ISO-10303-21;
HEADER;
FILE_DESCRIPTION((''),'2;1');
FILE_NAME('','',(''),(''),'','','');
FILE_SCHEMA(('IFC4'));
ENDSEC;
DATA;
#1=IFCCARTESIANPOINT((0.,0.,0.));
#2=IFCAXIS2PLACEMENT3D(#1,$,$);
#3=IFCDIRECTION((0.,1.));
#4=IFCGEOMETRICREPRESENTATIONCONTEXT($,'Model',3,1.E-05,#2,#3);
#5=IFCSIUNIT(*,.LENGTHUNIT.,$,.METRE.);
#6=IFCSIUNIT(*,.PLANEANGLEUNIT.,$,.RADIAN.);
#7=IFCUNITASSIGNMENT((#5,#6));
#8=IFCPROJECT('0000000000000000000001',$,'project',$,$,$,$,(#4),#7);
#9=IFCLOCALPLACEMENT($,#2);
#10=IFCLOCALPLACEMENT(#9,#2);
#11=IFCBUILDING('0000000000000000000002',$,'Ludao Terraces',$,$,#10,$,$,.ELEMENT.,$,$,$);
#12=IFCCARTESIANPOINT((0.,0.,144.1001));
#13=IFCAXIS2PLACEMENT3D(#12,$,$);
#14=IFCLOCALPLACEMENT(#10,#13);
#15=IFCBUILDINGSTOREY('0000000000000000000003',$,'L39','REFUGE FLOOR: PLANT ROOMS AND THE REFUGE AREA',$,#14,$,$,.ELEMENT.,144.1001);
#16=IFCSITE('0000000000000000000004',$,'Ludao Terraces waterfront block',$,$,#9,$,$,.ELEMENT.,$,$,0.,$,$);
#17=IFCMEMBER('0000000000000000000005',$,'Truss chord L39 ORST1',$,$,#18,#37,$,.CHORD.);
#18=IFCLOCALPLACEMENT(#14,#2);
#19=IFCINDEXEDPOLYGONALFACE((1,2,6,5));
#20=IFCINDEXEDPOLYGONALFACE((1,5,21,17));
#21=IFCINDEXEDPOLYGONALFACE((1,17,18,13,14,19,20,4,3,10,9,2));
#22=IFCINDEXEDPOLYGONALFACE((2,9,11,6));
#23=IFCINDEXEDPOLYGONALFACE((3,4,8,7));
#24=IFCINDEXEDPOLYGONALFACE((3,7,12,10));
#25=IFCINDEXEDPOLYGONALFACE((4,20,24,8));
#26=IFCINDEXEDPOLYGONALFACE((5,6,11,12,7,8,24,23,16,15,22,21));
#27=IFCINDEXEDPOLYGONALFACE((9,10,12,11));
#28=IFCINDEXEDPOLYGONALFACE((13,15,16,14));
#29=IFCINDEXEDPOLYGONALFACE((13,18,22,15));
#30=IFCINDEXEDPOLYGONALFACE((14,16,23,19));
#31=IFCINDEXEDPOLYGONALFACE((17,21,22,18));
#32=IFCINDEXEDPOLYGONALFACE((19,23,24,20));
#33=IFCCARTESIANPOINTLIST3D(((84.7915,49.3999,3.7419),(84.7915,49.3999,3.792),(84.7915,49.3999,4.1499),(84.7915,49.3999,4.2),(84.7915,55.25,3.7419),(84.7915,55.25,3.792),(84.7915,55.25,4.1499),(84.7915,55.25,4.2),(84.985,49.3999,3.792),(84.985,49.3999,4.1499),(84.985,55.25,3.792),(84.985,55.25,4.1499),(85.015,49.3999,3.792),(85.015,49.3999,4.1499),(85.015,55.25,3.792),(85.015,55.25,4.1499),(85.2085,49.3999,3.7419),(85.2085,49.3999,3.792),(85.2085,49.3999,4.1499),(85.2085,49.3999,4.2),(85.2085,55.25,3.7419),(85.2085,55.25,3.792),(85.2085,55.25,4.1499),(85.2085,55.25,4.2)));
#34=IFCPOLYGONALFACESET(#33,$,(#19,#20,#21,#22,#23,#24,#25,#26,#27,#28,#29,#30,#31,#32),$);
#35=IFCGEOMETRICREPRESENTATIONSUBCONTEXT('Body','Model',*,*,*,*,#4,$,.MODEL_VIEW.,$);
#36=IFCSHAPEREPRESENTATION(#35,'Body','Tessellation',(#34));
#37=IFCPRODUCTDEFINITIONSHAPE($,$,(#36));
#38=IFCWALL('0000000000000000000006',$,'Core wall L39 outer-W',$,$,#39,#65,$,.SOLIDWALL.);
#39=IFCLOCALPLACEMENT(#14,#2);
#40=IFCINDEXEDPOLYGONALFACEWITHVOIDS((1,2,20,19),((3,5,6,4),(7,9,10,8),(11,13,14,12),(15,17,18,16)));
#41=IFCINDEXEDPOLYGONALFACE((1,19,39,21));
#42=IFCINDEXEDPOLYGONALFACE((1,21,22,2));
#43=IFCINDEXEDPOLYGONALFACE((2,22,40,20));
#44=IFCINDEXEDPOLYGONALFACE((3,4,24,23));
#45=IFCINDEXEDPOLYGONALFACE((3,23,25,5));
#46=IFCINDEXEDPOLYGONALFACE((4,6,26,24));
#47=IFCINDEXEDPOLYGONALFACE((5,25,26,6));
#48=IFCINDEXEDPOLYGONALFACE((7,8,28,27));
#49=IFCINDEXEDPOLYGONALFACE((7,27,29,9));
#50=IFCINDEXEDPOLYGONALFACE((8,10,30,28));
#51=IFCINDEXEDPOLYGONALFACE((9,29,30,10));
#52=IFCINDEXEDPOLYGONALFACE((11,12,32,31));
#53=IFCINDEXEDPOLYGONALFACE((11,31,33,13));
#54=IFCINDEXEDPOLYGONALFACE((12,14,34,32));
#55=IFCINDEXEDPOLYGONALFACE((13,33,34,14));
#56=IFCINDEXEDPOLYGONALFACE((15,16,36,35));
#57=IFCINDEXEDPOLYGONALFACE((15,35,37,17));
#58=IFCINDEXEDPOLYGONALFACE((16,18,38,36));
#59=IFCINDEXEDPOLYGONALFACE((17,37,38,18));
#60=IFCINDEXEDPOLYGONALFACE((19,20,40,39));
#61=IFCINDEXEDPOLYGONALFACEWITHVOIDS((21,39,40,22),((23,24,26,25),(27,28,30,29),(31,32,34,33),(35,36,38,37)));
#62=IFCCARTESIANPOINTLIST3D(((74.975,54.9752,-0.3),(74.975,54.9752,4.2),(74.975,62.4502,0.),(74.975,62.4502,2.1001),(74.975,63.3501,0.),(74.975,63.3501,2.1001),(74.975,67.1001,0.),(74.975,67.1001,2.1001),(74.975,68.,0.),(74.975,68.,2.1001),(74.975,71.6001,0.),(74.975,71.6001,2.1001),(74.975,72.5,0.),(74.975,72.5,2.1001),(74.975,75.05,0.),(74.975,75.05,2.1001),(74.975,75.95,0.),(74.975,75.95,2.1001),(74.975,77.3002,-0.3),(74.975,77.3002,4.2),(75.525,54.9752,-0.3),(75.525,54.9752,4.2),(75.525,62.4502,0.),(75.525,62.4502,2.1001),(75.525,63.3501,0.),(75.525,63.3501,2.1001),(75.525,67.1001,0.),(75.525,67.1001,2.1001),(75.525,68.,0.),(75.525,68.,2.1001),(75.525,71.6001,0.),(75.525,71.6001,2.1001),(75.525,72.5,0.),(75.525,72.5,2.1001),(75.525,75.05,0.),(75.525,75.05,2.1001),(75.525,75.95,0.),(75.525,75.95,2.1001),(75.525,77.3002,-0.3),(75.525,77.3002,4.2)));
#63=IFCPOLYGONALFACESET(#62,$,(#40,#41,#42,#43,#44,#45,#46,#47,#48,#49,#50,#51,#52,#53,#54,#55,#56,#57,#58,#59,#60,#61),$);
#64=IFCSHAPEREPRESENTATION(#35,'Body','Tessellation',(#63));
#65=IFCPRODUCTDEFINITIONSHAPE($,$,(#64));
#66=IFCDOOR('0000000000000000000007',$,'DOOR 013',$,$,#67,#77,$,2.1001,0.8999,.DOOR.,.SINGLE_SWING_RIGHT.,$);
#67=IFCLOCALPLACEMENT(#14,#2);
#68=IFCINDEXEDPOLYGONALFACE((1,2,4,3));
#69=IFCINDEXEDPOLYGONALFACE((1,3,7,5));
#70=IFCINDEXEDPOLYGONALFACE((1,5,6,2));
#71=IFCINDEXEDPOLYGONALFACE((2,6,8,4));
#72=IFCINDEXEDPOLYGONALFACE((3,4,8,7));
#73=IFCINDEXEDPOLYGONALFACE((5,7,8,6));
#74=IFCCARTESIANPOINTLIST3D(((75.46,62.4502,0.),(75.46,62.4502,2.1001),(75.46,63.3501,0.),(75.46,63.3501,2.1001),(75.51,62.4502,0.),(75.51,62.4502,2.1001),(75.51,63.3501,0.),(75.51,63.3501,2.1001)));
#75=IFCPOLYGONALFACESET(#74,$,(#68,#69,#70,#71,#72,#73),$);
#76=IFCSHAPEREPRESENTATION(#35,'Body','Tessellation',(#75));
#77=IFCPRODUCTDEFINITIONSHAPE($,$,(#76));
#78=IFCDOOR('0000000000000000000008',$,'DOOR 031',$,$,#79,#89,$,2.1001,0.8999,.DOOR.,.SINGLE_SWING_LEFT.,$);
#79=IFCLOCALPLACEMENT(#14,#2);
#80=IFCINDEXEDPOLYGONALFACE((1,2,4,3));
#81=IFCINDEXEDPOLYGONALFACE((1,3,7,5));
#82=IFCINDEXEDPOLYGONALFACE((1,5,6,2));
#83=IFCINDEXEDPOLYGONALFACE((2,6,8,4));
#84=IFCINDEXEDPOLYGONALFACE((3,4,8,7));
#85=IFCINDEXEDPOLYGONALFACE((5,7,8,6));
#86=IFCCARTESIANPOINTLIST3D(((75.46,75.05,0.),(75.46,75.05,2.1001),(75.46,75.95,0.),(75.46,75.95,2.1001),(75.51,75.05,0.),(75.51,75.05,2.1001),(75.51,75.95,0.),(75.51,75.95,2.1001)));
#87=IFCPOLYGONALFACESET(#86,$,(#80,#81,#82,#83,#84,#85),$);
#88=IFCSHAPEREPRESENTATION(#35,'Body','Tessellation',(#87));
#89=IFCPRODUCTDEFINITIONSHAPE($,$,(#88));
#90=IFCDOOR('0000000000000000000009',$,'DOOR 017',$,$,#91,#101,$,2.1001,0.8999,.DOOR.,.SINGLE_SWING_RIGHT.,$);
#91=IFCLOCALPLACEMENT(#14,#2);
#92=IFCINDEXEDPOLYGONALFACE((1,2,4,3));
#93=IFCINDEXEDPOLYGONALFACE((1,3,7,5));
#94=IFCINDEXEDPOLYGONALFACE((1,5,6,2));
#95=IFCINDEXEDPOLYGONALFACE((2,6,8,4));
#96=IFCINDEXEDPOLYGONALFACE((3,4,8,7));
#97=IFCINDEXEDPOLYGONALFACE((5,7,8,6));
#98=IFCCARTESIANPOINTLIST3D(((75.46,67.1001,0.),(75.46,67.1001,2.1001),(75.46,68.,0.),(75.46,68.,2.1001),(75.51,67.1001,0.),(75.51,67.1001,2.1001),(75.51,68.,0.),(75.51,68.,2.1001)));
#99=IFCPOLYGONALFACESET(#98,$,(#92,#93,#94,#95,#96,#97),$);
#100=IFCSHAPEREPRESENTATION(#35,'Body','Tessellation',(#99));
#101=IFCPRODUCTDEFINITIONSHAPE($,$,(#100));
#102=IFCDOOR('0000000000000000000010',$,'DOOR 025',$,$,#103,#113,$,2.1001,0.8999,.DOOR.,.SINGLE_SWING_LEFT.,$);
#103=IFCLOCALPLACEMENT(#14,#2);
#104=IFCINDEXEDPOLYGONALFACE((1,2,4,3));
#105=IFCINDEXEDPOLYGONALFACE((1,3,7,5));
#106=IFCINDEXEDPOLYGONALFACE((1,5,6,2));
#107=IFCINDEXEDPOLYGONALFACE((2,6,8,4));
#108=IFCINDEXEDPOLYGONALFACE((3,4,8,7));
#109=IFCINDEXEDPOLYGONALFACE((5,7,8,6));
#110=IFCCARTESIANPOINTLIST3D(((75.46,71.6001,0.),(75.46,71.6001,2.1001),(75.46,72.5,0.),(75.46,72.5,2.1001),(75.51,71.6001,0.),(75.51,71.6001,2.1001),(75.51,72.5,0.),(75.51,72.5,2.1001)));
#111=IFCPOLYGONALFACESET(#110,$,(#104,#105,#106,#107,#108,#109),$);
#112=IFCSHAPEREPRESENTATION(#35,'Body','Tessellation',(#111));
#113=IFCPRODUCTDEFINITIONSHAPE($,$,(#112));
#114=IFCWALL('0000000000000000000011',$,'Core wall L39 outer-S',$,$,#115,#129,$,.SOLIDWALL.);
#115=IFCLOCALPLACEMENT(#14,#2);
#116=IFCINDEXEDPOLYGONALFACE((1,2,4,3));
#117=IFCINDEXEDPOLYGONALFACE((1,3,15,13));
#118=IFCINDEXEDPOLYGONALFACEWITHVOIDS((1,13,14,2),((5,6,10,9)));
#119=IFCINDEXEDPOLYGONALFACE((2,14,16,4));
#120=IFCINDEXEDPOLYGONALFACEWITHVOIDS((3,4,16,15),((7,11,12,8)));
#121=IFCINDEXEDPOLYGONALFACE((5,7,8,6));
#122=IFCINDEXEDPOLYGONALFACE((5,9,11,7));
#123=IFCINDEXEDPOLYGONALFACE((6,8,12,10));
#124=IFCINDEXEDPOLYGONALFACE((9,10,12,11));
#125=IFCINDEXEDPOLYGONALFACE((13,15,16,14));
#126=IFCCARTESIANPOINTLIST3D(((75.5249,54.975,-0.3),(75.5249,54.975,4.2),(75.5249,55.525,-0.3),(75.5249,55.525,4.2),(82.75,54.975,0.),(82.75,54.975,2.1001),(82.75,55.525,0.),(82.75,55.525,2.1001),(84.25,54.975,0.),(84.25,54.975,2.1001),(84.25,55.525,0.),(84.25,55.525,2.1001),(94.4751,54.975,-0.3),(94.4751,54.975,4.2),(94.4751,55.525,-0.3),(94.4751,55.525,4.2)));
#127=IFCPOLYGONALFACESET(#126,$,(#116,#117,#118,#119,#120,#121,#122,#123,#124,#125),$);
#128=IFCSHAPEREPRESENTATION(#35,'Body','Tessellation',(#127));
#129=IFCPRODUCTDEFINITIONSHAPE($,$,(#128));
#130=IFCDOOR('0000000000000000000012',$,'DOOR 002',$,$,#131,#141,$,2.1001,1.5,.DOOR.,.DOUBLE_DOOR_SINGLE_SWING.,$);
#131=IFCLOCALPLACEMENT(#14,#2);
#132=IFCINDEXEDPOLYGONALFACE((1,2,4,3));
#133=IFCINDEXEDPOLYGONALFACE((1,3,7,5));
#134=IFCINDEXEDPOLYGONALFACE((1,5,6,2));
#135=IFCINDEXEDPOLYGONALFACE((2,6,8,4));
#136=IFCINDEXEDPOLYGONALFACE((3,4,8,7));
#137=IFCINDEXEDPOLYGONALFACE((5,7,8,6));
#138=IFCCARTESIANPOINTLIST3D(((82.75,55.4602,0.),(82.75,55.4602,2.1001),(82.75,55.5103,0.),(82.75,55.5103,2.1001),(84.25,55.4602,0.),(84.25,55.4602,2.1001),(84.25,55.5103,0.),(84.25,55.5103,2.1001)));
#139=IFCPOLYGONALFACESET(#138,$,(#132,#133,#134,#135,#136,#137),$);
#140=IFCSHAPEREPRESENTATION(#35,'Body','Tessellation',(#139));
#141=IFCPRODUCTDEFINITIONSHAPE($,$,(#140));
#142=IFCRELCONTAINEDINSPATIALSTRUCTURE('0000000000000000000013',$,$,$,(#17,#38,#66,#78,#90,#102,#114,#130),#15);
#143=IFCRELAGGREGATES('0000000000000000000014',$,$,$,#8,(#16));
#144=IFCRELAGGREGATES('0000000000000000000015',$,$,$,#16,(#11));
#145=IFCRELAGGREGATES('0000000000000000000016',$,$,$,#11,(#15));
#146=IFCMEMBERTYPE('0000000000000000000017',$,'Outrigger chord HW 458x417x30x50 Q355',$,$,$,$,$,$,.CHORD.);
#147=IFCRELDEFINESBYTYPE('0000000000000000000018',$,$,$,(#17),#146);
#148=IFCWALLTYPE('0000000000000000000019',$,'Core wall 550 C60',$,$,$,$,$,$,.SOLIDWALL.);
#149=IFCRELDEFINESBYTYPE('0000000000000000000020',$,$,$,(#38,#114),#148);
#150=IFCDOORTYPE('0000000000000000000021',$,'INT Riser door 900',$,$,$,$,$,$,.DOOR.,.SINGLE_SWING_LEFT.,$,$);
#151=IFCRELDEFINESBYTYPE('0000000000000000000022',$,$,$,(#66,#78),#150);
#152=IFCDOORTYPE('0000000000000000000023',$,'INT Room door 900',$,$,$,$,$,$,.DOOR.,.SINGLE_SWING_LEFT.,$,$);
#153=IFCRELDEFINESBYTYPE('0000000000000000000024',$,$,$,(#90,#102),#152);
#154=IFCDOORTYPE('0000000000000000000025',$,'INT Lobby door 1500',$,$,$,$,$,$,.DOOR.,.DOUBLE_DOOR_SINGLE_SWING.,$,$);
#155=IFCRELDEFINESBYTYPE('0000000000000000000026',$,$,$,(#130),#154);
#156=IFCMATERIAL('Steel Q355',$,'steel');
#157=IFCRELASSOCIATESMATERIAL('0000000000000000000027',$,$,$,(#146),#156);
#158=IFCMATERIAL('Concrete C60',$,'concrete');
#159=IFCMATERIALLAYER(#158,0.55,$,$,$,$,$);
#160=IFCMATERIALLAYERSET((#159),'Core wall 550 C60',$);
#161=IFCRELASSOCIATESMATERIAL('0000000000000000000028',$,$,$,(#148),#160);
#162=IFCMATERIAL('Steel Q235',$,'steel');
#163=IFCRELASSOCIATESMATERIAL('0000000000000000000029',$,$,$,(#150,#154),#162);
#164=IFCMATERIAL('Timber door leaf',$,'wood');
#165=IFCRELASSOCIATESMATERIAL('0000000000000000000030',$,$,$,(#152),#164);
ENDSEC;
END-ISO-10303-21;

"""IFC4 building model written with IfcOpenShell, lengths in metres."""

from ifc_helpers import new_model, si_unit, direction, frame, frame_2d, origin, origin_2d, place, context, subcontext, project, spatial, rectangle, i_section, extrude, material, layer, layer_set, material_profile, profile_set, type_object, element, fill, save


model = new_model("IFC4")

# Units and contexts
model_context = context("Model", 3, precision=1e-05, world=origin(), true_north=direction((0.0, 1.0)))
body_context = subcontext(model_context, "Body", "Model", "MODEL_VIEW")
ifc_project = project(units=[si_unit("LENGTHUNIT", "METRE"), si_unit("PLANEANGLEUNIT", "RADIAN")], contexts=[model_context])

# Site, building, storey
site_placement = place(None, origin())
site = spatial("IfcSite", under=ifc_project, at=site_placement, Name="Ludao Terraces waterfront block", CompositionType="ELEMENT", RefElevation=0.0)
building_placement = place(site_placement, origin())
building = spatial("IfcBuilding", under=site, at=building_placement, Name="Ludao Terraces", CompositionType="ELEMENT")
storey_placement = place(building_placement, frame((0.0, 0.0, 144.1001)))
storey = spatial("IfcBuildingStorey", under=building, at=storey_placement, Name="L39", Description="REFUGE FLOOR: PLANT ROOMS AND THE REFUGE AREA", CompositionType="ELEMENT", Elevation=144.1001)

# Member
ifc_material_1 = material(Name="Steel Q355", Category="steel")
ifc_material_profile_1 = material_profile(ifc_material_1, i_section(OverallWidth=0.417, OverallDepth=0.458, WebThickness=0.03, FlangeThickness=0.05, at=origin_2d()), Name="HW 458X417X30X50")
ifc_profile_set_1 = profile_set([ifc_material_profile_1], Name="Steel Q355")
member_type_1 = type_object("IfcMemberType", Name="Outrigger chord HW 458x417x30x50 Q355", PredefinedType="CHORD", material=ifc_profile_set_1)
member_1_placement = place(storey_placement, frame((85.0, 55.25, 3.9709), z_axis=(0.0, -1.0, 0.0), x_axis=(1.0, 0.0, 0.0)))
element("IfcMember", 1, at=member_1_placement, inside=storey, type_object=member_type_1, Name="Truss chord L39 ORST1", PredefinedType="CHORD", context=body_context, shape_type="SweptSolid", body=[
    extrude(i_section(OverallWidth=0.417, OverallDepth=0.458, WebThickness=0.03, FlangeThickness=0.05, at=origin_2d()), origin(), (0.0, 0.0, 1.0), 5.8501),
])

# Wall, openings, doors
ifc_material_2 = material(Name="Concrete C60", Category="concrete")
ifc_layer_1 = layer(ifc_material_2, 0.55)
ifc_layer_set_1 = layer_set([ifc_layer_1], Name="Core wall 550 C60")
wall_type_1 = type_object("IfcWallType", Name="Core wall 550 C60", PredefinedType="SOLIDWALL", material=ifc_layer_set_1)
wall_1_placement = place(storey_placement, frame((75.25, 54.9751, -0.3), z_axis=(0.0, 0.0, 1.0), x_axis=(0.0, 1.0, 0.0)))
wall_1 = element("IfcWall", 2, at=wall_1_placement, inside=storey, type_object=wall_type_1, Name="Core wall L39 outer-W", PredefinedType="SOLIDWALL", context=body_context, shape_type="SweptSolid", body=[
    extrude(rectangle(XDim=22.325, YDim=0.55, at=frame_2d((11.1626, 0.0))), origin(), (0.0, 0.0, 1.0), 4.5),
])
opening_1_placement = place(wall_1_placement, frame((7.4751, 0.0, 0.3)))
opening_1 = element("IfcOpeningElement", 3, at=opening_1_placement, cuts=wall_1, PredefinedType="OPENING", context=body_context, shape_type="SweptSolid", body=[
    extrude(rectangle(XDim=0.8999, YDim=2.1001, at=frame_2d((0.45, 1.05))), frame((0.0, 0.2852, 0.0), z_axis=(0.0, -1.0, 0.0), x_axis=(1.0, 0.0, 0.0)), (0.0, 0.0, 1.0), 0.5701),
])
opening_2_placement = place(wall_1_placement, frame((12.125, 0.0, 0.3)))
opening_2 = element("IfcOpeningElement", 4, at=opening_2_placement, cuts=wall_1, PredefinedType="OPENING", context=body_context, shape_type="SweptSolid", body=[
    extrude(rectangle(XDim=0.8999, YDim=2.1001, at=frame_2d((0.45, 1.05))), frame((0.0, 0.2852, 0.0), z_axis=(0.0, -1.0, 0.0), x_axis=(1.0, 0.0, 0.0)), (0.0, 0.0, 1.0), 0.5701),
])
opening_3_placement = place(wall_1_placement, frame((16.625, 0.0, 0.3)))
opening_3 = element("IfcOpeningElement", 5, at=opening_3_placement, cuts=wall_1, PredefinedType="OPENING", context=body_context, shape_type="SweptSolid", body=[
    extrude(rectangle(XDim=0.8999, YDim=2.1001, at=frame_2d((0.45, 1.05))), frame((0.0, 0.2852, 0.0), z_axis=(0.0, -1.0, 0.0), x_axis=(1.0, 0.0, 0.0)), (0.0, 0.0, 1.0), 0.5701),
])
opening_4_placement = place(wall_1_placement, frame((20.075, 0.0, 0.3)))
opening_4 = element("IfcOpeningElement", 6, at=opening_4_placement, cuts=wall_1, PredefinedType="OPENING", context=body_context, shape_type="SweptSolid", body=[
    extrude(rectangle(XDim=0.8999, YDim=2.1001, at=frame_2d((0.45, 1.05))), frame((0.0, 0.2852, 0.0), z_axis=(0.0, -1.0, 0.0), x_axis=(1.0, 0.0, 0.0)), (0.0, 0.0, 1.0), 0.5701),
])
ifc_material_3 = material(Name="Steel Q235", Category="steel")
door_type_1 = type_object("IfcDoorType", Name="INT Riser door 900", OperationType="SINGLE_SWING_LEFT", PredefinedType="DOOR", material=ifc_material_3)
door_1_placement = place(opening_1_placement, origin())
door_1 = element("IfcDoor", 7, at=door_1_placement, inside=storey, type_object=door_type_1, Name="DOOR 013", OperationType="SINGLE_SWING_RIGHT", OverallHeight=2.1001, OverallWidth=0.8999, PredefinedType="DOOR", context=body_context, shape_type="SweptSolid", body=[
    extrude(rectangle(XDim=0.8999, YDim=2.1001, at=frame_2d((0.45, 1.05))), frame((0.0, -0.21, 0.0), z_axis=(0.0, -1.0, 0.0), x_axis=(1.0, 0.0, 0.0)), (0.0, 0.0, 1.0), 0.05),
])
fill(opening_1, door_1)
door_2_placement = place(opening_4_placement, origin())
door_2 = element("IfcDoor", 8, at=door_2_placement, inside=storey, type_object=door_type_1, Name="DOOR 031", OperationType="SINGLE_SWING_LEFT", OverallHeight=2.1001, OverallWidth=0.8999, PredefinedType="DOOR", context=body_context, shape_type="SweptSolid", body=[
    extrude(rectangle(XDim=0.8999, YDim=2.1001, at=frame_2d((0.45, 1.05))), frame((0.0, -0.21, 0.0), z_axis=(0.0, -1.0, 0.0), x_axis=(1.0, 0.0, 0.0)), (0.0, 0.0, 1.0), 0.05),
])
fill(opening_4, door_2)
ifc_material_4 = material(Name="Timber door leaf", Category="wood")
door_type_2 = type_object("IfcDoorType", Name="INT Room door 900", OperationType="SINGLE_SWING_LEFT", PredefinedType="DOOR", material=ifc_material_4)
door_3_placement = place(opening_2_placement, origin())
door_3 = element("IfcDoor", 9, at=door_3_placement, inside=storey, type_object=door_type_2, Name="DOOR 017", OperationType="SINGLE_SWING_RIGHT", OverallHeight=2.1001, OverallWidth=0.8999, PredefinedType="DOOR", context=body_context, shape_type="SweptSolid", body=[
    extrude(rectangle(XDim=0.8999, YDim=2.1001, at=frame_2d((0.45, 1.05))), frame((0.0, -0.21, 0.0), z_axis=(0.0, -1.0, 0.0), x_axis=(1.0, 0.0, 0.0)), (0.0, 0.0, 1.0), 0.05),
])
fill(opening_2, door_3)
door_4_placement = place(opening_3_placement, origin())
door_4 = element("IfcDoor", 10, at=door_4_placement, inside=storey, type_object=door_type_2, Name="DOOR 025", OperationType="SINGLE_SWING_LEFT", OverallHeight=2.1001, OverallWidth=0.8999, PredefinedType="DOOR", context=body_context, shape_type="SweptSolid", body=[
    extrude(rectangle(XDim=0.8999, YDim=2.1001, at=frame_2d((0.45, 1.05))), frame((0.0, -0.21, 0.0), z_axis=(0.0, -1.0, 0.0), x_axis=(1.0, 0.0, 0.0)), (0.0, 0.0, 1.0), 0.05),
])
fill(opening_3, door_4)

# Wall, opening, door
wall_2_placement = place(storey_placement, frame((75.5249, 55.25, -0.3), z_axis=(0.0, 0.0, 1.0), x_axis=(1.0, 0.0, 0.0)))
wall_2 = element("IfcWall", 11, at=wall_2_placement, inside=storey, type_object=wall_type_1, Name="Core wall L39 outer-S", PredefinedType="SOLIDWALL", context=body_context, shape_type="SweptSolid", body=[
    extrude(rectangle(XDim=18.9502, YDim=0.55, at=frame_2d((9.4751, 0.0))), origin(), (0.0, 0.0, 1.0), 4.5),
])
opening_5_placement = place(wall_2_placement, frame((7.2251, 0.0, 0.3)))
opening_5 = element("IfcOpeningElement", 12, at=opening_5_placement, cuts=wall_2, PredefinedType="OPENING", context=body_context, shape_type="SweptSolid", body=[
    extrude(rectangle(XDim=1.5, YDim=2.1001, at=frame_2d((0.75, 1.05))), frame((0.0, 0.2852, 0.0), z_axis=(0.0, -1.0, 0.0), x_axis=(1.0, 0.0, 0.0)), (0.0, 0.0, 1.0), 0.5701),
])
door_type_3 = type_object("IfcDoorType", Name="INT Lobby door 1500", OperationType="DOUBLE_DOOR_SINGLE_SWING", PredefinedType="DOOR", material=ifc_material_3)
door_5_placement = place(opening_5_placement, origin())
door_5 = element("IfcDoor", 13, at=door_5_placement, inside=storey, type_object=door_type_3, Name="DOOR 002", OperationType="DOUBLE_DOOR_SINGLE_SWING", OverallHeight=2.1001, OverallWidth=1.5, PredefinedType="DOOR", context=body_context, shape_type="SweptSolid", body=[
    extrude(rectangle(XDim=1.5, YDim=2.1001, at=frame_2d((0.75, 1.05))), frame((0.0, 0.2603, 0.0), z_axis=(0.0, -1.0, 0.0), x_axis=(1.0, 0.0, 0.0)), (0.0, 0.0, 1.0), 0.05),
])
fill(opening_5, door_5)

save(model, "model.ifc")
